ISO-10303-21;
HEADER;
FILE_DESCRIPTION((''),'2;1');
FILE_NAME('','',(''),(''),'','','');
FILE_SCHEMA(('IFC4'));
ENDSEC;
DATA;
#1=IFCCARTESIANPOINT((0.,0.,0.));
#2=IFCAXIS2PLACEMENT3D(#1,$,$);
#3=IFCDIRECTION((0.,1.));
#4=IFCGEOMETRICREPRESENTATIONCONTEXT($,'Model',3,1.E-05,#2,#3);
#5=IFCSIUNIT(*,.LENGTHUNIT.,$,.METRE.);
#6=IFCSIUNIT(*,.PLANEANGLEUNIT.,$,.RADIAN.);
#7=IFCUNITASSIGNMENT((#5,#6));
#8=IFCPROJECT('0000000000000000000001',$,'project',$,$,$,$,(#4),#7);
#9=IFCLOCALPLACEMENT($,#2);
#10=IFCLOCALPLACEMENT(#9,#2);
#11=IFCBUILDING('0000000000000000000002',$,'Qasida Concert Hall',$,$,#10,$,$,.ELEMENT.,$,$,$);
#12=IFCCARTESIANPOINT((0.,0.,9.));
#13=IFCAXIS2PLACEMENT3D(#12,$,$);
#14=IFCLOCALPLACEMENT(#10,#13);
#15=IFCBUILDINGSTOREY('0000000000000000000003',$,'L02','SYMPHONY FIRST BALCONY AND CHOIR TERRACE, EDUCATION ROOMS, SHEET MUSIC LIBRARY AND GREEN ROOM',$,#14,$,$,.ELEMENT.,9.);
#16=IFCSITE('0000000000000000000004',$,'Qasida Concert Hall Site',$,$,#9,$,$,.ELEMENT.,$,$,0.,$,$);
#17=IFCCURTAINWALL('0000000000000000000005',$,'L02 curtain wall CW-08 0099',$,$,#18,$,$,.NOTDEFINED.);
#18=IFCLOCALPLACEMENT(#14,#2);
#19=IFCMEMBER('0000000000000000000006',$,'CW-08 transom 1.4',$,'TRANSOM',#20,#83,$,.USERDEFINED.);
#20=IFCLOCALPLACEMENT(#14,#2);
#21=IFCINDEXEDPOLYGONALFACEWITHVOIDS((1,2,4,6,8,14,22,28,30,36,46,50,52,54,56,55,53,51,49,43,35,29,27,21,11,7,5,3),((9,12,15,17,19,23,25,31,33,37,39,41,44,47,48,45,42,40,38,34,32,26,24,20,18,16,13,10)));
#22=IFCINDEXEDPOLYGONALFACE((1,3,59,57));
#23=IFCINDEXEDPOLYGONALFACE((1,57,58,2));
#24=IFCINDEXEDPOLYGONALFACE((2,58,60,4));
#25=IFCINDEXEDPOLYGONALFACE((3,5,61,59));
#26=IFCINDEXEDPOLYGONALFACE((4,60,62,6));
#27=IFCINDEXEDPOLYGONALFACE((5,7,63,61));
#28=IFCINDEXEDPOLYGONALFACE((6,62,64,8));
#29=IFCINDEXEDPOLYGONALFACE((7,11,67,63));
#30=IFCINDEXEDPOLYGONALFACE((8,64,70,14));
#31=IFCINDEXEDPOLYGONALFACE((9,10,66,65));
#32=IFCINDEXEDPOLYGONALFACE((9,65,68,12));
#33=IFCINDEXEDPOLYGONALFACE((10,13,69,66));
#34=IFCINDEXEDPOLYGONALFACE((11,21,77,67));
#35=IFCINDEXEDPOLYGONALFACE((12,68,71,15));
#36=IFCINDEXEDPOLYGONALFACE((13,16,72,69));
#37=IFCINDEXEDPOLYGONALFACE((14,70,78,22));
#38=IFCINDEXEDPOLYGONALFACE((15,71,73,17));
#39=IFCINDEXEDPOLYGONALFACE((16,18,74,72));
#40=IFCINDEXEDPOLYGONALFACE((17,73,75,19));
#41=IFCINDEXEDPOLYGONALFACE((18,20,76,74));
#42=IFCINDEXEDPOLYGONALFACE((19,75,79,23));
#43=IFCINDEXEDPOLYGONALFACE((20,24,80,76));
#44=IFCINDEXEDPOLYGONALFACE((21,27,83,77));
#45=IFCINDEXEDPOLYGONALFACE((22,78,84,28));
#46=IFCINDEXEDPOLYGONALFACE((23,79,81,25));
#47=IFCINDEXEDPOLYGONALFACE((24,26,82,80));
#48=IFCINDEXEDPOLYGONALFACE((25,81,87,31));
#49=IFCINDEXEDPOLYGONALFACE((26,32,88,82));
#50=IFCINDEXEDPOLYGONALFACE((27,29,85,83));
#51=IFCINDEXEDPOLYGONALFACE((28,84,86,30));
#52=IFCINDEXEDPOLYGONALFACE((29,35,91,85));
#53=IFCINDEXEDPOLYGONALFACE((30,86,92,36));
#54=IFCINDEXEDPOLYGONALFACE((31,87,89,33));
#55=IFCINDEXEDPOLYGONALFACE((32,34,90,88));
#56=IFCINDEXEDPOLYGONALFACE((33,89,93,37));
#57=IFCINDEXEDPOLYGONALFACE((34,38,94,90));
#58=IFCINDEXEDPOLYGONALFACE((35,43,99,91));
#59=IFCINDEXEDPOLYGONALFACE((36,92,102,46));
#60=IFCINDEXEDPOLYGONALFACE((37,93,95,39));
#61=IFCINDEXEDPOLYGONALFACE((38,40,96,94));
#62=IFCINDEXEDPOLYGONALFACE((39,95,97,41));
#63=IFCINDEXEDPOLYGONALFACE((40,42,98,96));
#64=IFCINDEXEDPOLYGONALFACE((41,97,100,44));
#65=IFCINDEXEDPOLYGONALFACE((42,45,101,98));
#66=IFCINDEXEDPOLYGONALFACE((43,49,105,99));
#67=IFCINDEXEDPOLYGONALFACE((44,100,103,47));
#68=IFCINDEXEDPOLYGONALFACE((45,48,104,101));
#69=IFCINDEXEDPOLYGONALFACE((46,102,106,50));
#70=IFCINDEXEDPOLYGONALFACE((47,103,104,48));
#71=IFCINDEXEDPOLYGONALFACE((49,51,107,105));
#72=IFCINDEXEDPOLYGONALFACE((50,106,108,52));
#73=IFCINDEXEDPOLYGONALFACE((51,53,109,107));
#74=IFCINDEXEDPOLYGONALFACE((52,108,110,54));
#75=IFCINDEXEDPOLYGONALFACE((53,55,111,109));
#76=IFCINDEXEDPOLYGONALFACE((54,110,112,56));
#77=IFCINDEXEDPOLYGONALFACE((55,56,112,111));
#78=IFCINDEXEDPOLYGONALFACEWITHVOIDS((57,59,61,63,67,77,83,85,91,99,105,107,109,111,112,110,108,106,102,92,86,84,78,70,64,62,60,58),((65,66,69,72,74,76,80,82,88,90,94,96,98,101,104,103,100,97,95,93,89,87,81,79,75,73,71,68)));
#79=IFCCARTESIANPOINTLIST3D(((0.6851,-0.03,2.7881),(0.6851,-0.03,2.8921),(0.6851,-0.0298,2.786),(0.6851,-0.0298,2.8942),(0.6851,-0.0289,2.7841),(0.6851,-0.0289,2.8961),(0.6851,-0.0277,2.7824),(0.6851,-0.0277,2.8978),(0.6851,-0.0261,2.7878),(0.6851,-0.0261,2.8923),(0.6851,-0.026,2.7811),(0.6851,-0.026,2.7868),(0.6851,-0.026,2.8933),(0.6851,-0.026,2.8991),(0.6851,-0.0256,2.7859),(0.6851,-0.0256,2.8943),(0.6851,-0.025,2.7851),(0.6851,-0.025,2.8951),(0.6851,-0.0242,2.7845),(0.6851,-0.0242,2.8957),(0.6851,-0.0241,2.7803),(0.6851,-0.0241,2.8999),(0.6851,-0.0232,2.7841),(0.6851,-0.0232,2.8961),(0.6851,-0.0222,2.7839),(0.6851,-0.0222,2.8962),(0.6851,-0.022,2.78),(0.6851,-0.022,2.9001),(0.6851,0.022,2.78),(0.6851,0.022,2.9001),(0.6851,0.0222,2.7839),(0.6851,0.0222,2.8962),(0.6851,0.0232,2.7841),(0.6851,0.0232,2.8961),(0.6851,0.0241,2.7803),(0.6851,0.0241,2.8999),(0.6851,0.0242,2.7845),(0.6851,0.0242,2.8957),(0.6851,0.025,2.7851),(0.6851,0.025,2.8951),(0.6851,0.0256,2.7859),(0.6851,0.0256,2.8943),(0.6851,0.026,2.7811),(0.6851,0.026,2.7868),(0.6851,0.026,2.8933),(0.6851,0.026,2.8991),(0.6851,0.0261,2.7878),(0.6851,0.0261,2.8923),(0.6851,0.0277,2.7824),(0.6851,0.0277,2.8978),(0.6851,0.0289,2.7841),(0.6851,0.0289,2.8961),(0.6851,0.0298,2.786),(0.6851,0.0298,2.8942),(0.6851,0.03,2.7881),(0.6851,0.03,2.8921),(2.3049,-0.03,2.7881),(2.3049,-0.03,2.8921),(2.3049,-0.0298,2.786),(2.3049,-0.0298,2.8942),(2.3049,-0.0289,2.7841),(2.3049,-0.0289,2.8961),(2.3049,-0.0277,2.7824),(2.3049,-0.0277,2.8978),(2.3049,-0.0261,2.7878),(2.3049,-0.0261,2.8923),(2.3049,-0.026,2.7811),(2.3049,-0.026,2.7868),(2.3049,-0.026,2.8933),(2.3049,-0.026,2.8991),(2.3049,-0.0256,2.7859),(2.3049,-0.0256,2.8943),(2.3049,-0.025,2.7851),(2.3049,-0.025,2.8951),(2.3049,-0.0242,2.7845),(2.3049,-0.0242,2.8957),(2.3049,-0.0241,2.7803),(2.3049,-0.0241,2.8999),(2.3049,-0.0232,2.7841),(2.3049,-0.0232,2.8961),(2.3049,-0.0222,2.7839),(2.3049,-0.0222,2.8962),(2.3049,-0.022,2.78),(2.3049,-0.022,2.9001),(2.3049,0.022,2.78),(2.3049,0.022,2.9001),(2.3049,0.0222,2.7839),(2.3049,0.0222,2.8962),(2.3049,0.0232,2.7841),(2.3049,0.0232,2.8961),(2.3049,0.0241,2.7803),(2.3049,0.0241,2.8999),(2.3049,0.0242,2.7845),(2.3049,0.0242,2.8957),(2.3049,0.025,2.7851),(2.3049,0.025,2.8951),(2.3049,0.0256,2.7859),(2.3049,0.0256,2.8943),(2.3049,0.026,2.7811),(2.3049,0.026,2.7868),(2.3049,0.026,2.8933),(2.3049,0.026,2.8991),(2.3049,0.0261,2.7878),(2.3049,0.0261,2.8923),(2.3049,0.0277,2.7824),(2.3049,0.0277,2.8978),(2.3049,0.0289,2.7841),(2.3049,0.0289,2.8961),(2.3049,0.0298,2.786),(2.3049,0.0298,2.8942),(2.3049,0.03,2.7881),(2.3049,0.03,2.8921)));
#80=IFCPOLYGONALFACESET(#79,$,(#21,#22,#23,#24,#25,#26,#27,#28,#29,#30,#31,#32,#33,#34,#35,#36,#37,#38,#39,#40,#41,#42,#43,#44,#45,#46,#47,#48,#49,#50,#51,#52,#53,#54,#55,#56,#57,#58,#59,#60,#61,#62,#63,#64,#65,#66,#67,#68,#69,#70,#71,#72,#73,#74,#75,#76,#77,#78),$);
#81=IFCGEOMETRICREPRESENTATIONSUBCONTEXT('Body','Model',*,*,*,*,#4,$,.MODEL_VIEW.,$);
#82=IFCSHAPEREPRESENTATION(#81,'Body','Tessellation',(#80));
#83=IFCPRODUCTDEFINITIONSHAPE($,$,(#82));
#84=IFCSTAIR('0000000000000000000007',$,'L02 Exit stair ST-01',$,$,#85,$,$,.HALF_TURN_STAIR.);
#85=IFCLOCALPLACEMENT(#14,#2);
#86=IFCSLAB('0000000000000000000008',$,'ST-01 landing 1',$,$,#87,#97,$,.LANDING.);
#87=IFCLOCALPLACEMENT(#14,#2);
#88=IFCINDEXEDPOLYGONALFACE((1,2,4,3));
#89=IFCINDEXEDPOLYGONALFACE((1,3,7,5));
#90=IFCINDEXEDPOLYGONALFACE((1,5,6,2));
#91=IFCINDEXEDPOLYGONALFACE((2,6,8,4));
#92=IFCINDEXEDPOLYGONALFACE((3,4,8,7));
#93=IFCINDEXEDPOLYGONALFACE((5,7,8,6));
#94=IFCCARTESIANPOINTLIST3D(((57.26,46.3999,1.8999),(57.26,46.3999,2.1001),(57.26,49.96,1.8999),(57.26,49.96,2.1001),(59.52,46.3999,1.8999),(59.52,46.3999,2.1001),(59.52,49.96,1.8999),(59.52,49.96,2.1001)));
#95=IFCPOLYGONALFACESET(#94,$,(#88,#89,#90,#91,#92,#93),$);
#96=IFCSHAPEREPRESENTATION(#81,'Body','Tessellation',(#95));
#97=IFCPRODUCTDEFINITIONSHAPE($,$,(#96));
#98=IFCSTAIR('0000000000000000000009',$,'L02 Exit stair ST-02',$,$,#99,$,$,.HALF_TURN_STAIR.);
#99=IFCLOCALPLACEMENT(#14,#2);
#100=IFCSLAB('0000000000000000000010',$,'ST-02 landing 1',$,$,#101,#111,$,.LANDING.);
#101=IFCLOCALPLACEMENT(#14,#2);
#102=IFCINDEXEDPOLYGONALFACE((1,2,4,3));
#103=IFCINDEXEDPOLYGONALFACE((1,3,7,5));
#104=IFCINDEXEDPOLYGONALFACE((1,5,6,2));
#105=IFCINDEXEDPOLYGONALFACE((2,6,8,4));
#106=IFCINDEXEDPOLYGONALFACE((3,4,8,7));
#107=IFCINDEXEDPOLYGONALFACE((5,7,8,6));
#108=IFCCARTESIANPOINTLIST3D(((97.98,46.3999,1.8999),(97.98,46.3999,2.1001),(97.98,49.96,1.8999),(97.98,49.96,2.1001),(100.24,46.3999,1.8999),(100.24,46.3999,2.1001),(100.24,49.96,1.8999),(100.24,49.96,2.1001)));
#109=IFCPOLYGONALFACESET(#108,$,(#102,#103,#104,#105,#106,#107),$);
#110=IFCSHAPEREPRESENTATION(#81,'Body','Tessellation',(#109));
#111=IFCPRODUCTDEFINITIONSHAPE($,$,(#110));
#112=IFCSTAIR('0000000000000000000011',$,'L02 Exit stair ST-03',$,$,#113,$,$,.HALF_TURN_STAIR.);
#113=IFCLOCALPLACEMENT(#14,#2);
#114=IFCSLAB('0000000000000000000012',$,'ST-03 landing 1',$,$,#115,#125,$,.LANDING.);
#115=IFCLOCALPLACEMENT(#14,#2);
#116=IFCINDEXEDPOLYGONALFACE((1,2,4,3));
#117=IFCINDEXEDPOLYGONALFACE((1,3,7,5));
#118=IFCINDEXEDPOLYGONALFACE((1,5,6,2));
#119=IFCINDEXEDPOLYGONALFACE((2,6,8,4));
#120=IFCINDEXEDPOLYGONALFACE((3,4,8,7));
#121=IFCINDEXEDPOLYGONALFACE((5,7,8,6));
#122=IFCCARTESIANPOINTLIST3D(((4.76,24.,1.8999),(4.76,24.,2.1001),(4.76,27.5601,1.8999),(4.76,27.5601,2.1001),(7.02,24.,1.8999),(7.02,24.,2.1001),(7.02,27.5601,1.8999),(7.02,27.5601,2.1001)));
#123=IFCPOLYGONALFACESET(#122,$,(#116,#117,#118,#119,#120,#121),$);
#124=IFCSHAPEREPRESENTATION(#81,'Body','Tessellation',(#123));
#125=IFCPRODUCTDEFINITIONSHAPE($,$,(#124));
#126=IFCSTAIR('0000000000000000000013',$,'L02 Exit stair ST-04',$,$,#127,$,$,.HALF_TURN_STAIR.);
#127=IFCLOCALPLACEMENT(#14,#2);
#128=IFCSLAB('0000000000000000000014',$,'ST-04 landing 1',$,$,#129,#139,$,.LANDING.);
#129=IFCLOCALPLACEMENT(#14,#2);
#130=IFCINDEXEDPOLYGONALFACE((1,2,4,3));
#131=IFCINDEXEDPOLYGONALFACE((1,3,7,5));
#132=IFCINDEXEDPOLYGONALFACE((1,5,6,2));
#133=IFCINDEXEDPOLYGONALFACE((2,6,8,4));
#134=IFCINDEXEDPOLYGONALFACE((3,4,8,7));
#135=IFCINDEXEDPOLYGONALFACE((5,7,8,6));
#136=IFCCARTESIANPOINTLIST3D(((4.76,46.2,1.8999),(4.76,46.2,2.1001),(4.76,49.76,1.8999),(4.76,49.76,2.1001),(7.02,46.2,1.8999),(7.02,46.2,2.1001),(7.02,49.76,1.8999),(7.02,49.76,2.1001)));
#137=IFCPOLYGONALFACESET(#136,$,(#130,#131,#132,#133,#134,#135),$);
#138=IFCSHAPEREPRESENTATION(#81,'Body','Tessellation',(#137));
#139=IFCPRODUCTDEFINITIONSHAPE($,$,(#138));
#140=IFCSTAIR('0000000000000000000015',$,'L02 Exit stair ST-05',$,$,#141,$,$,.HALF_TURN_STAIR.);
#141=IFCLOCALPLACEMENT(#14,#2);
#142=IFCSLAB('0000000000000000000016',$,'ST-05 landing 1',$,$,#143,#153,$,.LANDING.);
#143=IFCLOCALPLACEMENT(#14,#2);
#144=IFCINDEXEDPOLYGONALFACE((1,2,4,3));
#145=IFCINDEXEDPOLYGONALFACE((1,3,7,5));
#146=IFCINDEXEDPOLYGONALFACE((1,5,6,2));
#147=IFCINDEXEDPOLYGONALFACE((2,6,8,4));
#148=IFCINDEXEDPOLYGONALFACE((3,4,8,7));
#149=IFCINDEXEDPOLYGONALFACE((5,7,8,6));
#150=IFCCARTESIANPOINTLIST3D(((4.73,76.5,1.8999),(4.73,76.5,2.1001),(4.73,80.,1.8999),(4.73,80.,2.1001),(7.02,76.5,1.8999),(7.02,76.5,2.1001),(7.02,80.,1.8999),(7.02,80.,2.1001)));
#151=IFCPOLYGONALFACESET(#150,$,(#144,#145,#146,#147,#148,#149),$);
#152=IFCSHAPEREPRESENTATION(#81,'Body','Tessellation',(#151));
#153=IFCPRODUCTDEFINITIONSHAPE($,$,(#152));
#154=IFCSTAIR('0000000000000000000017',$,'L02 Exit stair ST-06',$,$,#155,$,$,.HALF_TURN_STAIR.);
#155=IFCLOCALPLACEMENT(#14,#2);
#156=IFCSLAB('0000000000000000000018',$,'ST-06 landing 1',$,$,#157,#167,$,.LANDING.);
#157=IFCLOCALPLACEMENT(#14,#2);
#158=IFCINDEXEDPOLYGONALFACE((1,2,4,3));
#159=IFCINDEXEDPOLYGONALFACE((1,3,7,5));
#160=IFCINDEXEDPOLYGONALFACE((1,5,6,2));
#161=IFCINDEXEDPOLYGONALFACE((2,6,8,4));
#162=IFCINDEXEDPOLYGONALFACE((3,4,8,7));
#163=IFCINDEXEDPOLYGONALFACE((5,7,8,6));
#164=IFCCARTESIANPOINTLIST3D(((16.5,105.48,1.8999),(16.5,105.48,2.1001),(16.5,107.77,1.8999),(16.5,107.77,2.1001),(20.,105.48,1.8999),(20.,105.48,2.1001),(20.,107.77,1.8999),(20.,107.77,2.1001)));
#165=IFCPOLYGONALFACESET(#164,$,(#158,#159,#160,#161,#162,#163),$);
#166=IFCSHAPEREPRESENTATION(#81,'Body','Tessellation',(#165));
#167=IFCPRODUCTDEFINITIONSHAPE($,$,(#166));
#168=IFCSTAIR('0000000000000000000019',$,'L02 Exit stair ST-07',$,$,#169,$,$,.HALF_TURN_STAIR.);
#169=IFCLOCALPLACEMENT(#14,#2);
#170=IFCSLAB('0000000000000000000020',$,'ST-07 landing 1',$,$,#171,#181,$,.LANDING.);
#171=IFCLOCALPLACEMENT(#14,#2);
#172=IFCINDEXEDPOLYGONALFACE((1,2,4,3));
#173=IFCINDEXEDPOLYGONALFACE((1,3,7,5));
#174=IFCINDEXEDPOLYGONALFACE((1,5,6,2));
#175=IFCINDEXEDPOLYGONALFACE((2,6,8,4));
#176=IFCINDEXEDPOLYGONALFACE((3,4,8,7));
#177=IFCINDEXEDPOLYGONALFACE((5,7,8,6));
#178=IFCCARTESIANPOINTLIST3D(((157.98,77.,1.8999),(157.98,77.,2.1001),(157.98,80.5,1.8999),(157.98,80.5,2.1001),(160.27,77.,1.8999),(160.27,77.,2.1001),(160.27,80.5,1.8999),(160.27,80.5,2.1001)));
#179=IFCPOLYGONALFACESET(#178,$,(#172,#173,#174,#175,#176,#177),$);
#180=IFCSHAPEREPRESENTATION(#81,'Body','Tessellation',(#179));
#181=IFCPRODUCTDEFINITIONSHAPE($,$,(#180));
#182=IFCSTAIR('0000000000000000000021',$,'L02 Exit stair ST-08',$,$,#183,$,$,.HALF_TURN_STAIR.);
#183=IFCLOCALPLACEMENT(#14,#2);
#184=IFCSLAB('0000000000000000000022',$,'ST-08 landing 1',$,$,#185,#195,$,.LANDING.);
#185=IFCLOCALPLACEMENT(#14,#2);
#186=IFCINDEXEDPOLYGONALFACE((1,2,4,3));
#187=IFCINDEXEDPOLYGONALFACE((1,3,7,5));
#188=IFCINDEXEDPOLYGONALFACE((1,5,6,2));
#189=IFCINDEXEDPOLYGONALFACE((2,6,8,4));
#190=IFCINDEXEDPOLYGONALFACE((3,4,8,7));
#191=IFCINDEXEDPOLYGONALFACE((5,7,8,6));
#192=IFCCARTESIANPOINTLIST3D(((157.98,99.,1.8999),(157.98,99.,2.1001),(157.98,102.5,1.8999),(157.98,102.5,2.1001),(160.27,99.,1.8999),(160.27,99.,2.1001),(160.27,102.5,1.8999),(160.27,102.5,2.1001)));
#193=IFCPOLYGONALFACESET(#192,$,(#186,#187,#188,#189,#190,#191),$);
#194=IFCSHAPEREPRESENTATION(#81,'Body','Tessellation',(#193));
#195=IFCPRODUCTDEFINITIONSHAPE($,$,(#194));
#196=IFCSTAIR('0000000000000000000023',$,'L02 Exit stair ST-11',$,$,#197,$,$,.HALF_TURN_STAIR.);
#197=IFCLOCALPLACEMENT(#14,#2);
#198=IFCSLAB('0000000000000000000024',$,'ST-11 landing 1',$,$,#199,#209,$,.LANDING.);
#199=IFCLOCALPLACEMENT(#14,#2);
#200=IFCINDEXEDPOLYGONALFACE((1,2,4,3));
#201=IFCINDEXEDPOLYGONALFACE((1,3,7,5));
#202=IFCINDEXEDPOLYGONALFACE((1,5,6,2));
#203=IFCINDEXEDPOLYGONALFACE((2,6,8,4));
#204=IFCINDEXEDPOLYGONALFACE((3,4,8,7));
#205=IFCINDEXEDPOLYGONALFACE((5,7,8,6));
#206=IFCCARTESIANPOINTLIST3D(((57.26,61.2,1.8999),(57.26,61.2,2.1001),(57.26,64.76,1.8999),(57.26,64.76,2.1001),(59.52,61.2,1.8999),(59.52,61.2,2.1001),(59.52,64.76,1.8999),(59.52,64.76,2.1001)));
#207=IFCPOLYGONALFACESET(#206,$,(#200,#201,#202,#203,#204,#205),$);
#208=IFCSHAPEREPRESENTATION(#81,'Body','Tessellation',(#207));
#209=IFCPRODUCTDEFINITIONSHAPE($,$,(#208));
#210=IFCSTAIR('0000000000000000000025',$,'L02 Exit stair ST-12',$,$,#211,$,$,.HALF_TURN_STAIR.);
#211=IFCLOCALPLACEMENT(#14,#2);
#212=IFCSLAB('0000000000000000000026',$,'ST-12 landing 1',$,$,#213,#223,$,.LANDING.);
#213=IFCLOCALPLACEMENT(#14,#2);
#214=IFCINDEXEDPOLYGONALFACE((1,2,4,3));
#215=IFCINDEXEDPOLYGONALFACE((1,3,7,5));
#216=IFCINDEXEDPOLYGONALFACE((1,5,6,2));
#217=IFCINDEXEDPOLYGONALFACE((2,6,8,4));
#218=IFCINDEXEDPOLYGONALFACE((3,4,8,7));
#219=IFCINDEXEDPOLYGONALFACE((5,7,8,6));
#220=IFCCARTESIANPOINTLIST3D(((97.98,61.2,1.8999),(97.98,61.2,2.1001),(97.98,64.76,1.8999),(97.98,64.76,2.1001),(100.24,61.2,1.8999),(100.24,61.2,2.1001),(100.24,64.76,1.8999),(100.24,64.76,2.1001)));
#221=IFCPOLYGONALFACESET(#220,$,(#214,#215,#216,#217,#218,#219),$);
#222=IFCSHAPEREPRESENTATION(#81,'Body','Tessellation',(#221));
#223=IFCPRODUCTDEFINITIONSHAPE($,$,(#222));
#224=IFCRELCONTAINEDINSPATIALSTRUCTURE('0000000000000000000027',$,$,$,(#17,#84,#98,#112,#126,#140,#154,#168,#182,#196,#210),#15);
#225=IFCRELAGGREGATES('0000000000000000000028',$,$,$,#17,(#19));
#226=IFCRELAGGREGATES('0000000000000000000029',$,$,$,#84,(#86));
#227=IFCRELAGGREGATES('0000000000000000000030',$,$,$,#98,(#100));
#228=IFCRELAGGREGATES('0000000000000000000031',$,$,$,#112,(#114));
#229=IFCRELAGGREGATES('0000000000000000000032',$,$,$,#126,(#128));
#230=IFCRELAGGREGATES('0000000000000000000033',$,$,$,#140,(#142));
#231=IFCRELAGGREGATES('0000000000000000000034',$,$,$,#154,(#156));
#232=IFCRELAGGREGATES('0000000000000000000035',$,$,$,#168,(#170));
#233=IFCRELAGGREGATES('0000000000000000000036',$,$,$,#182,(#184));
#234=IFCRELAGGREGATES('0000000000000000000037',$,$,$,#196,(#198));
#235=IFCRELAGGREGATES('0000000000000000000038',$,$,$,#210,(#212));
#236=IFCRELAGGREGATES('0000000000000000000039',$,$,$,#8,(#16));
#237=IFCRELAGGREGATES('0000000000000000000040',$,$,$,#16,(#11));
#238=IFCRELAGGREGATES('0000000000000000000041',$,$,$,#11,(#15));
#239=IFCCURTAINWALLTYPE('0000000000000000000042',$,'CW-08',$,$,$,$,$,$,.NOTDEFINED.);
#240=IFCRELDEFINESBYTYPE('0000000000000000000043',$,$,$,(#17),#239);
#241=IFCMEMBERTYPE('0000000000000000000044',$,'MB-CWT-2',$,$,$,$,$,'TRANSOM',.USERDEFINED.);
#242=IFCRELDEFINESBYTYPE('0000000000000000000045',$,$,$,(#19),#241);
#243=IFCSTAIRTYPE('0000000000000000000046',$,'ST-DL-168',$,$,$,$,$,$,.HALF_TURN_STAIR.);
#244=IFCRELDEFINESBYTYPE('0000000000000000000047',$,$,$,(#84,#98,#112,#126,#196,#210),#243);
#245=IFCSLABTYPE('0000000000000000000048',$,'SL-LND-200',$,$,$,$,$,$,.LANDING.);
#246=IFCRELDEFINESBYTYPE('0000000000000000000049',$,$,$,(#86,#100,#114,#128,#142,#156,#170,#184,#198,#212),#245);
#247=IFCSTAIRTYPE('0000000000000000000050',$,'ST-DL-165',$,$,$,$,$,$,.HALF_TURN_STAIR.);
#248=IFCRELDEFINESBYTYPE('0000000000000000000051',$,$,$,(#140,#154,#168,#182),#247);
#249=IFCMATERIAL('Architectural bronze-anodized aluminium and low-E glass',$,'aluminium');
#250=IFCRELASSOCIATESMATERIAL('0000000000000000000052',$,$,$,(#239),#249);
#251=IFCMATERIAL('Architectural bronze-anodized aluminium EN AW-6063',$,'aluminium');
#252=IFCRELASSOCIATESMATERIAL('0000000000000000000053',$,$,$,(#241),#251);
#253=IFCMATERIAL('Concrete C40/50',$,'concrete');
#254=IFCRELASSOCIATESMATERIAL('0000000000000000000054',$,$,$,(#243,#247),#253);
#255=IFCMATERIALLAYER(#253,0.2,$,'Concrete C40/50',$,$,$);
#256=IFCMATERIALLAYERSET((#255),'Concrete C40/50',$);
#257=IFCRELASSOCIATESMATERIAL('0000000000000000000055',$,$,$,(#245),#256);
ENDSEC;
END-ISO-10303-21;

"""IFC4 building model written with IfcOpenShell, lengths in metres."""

from ifc_helpers import new_model, si_unit, direction, frame, origin, origin_2d, place, context, subcontext, project, spatial, polyline, hollow_rectangle, outline, extrude, material, layer, layer_set, material_profile, profile_set, type_object, element, aggregate, save


model = new_model("IFC4")

# Units and contexts
model_context = context("Model", 3, precision=1e-05, world=origin(), true_north=direction((0.0, 1.0)))
body_context = subcontext(model_context, "Body", "Model", "MODEL_VIEW")
ifc_project = project(units=[si_unit("LENGTHUNIT", "METRE"), si_unit("PLANEANGLEUNIT", "RADIAN")], contexts=[model_context])

# Site, building, storey
site_placement = place(None, origin())
site = spatial("IfcSite", under=ifc_project, at=site_placement, Name="Qasida Concert Hall Site", CompositionType="ELEMENT", RefElevation=0.0)
building_placement = place(site_placement, origin())
building = spatial("IfcBuilding", under=site, at=building_placement, Name="Qasida Concert Hall", CompositionType="ELEMENT")
storey_placement = place(building_placement, frame((0.0, 0.0, 9.0)))
storey = spatial("IfcBuildingStorey", under=building, at=storey_placement, Name="L02", Description="SYMPHONY FIRST BALCONY AND CHOIR TERRACE, EDUCATION ROOMS, SHEET MUSIC LIBRARY AND GREEN ROOM", CompositionType="ELEMENT", Elevation=9.0)

# Shared definitions
ifc_material_1 = material(Name="Concrete C40/50", Category="concrete")

# Curtain wall, member
ifc_material_2 = material(Name="Architectural bronze-anodized aluminium and low-E glass", Category="aluminium")
curtain_wall_type = type_object("IfcCurtainWallType", Name="CW-08", PredefinedType="NOTDEFINED", material=ifc_material_2)
curtain_wall_placement = place(storey_placement, origin())
curtain_wall = element("IfcCurtainWall", 1, at=curtain_wall_placement, inside=storey, type_object=curtain_wall_type, Name="L02 curtain wall CW-08 0099", PredefinedType="NOTDEFINED")
ifc_material_3 = material(Name="Architectural bronze-anodized aluminium EN AW-6063", Category="aluminium")
ifc_material_profile_1 = material_profile(ifc_material_3, hollow_rectangle(XDim=0.0601, YDim=0.1201, WallThickness=0.0039, InnerFilletRadius=0.0039, OuterFilletRadius=0.0081, at=origin_2d()), Name="CWT 120x60x4")
ifc_profile_set_1 = profile_set([ifc_material_profile_1], Name="Architectural bronze-anodized aluminium EN AW-6063")
member_type = type_object("IfcMemberType", Name="MB-CWT-2", ElementType="TRANSOM", PredefinedType="USERDEFINED", material=ifc_profile_set_1)
member_1_placement = place(storey_placement, frame((0.6851, 0.0, 2.8401), z_axis=(1.0, 0.0, 0.0), x_axis=(0.0, 1.0, 0.0)))
member_1 = element("IfcMember", 2, at=member_1_placement, type_object=member_type, Name="CW-08 transom 1.4", ObjectType="TRANSOM", PredefinedType="USERDEFINED", context=body_context, shape_type="SweptSolid", body=[
    extrude(hollow_rectangle(XDim=0.0601, YDim=0.1201, WallThickness=0.0039, InnerFilletRadius=0.0039, OuterFilletRadius=0.0081, at=origin_2d()), origin(), (0.0, 0.0, 1.0), 1.6199),
])
aggregate(curtain_wall, [member_1])

# Stairs, slabs
stair_type_1 = type_object("IfcStairType", Name="ST-DL-168", PredefinedType="HALF_TURN_STAIR", material=ifc_material_1)
stair_1_placement = place(storey_placement, origin())
stair_1 = element("IfcStair", 3, at=stair_1_placement, inside=storey, type_object=stair_type_1, Name="L02 Exit stair ST-01", PredefinedType="HALF_TURN_STAIR")
ifc_layer_1 = layer(ifc_material_1, 0.2, Name="Concrete C40/50")
ifc_layer_set_1 = layer_set([ifc_layer_1], Name="Concrete C40/50")
slab_type_1 = type_object("IfcSlabType", Name="SL-LND-200", PredefinedType="LANDING", material=ifc_layer_set_1)
slab_1_placement = place(storey_placement, frame((0.0, 0.0, 1.8999)))
slab_1 = element("IfcSlab", 4, at=slab_1_placement, type_object=slab_type_1, Name="ST-01 landing 1", PredefinedType="LANDING", context=body_context, shape_type="SweptSolid", body=[
    extrude(outline(polyline([(57.26, 46.3999), (59.52, 46.3999), (59.52, 49.96), (57.26, 49.96), (57.26, 46.3999)])), origin(), (0.0, 0.0, 1.0), 0.2002),
])
aggregate(stair_1, [slab_1])
stair_2_placement = place(storey_placement, origin())
stair_2 = element("IfcStair", 5, at=stair_2_placement, inside=storey, type_object=stair_type_1, Name="L02 Exit stair ST-02", PredefinedType="HALF_TURN_STAIR")
slab_2_placement = place(storey_placement, frame((0.0, 0.0, 1.8999)))
slab_2 = element("IfcSlab", 6, at=slab_2_placement, type_object=slab_type_1, Name="ST-02 landing 1", PredefinedType="LANDING", context=body_context, shape_type="SweptSolid", body=[
    extrude(outline(polyline([(100.24, 49.96), (97.98, 49.96), (97.98, 46.3999), (100.24, 46.3999), (100.24, 49.96)])), origin(), (0.0, 0.0, 1.0), 0.2002),
])
aggregate(stair_2, [slab_2])
stair_3_placement = place(storey_placement, origin())
stair_3 = element("IfcStair", 7, at=stair_3_placement, inside=storey, type_object=stair_type_1, Name="L02 Exit stair ST-03", PredefinedType="HALF_TURN_STAIR")
slab_3_placement = place(storey_placement, frame((0.0, 0.0, 1.8999)))
slab_3 = element("IfcSlab", 8, at=slab_3_placement, type_object=slab_type_1, Name="ST-03 landing 1", PredefinedType="LANDING", context=body_context, shape_type="SweptSolid", body=[
    extrude(outline(polyline([(4.76, 24.0), (7.02, 24.0), (7.02, 27.5601), (4.76, 27.5601), (4.76, 24.0)])), origin(), (0.0, 0.0, 1.0), 0.2002),
])
aggregate(stair_3, [slab_3])
stair_4_placement = place(storey_placement, origin())
stair_4 = element("IfcStair", 9, at=stair_4_placement, inside=storey, type_object=stair_type_1, Name="L02 Exit stair ST-04", PredefinedType="HALF_TURN_STAIR")
slab_4_placement = place(storey_placement, frame((0.0, 0.0, 1.8999)))
slab_4 = element("IfcSlab", 10, at=slab_4_placement, type_object=slab_type_1, Name="ST-04 landing 1", PredefinedType="LANDING", context=body_context, shape_type="SweptSolid", body=[
    extrude(outline(polyline([(4.76, 46.2), (7.02, 46.2), (7.02, 49.76), (4.76, 49.76), (4.76, 46.2)])), origin(), (0.0, 0.0, 1.0), 0.2002),
])
aggregate(stair_4, [slab_4])
stair_type_2 = type_object("IfcStairType", Name="ST-DL-165", PredefinedType="HALF_TURN_STAIR", material=ifc_material_1)
stair_5_placement = place(storey_placement, origin())
stair_5 = element("IfcStair", 11, at=stair_5_placement, inside=storey, type_object=stair_type_2, Name="L02 Exit stair ST-05", PredefinedType="HALF_TURN_STAIR")
slab_5_placement = place(storey_placement, frame((0.0, 0.0, 1.8999)))
slab_5 = element("IfcSlab", 12, at=slab_5_placement, type_object=slab_type_1, Name="ST-05 landing 1", PredefinedType="LANDING", context=body_context, shape_type="SweptSolid", body=[
    extrude(outline(polyline([(4.73, 76.5), (7.02, 76.5), (7.02, 80.0), (4.73, 80.0), (4.73, 76.5)])), origin(), (0.0, 0.0, 1.0), 0.2002),
])
aggregate(stair_5, [slab_5])
stair_6_placement = place(storey_placement, origin())
stair_6 = element("IfcStair", 13, at=stair_6_placement, inside=storey, type_object=stair_type_2, Name="L02 Exit stair ST-06", PredefinedType="HALF_TURN_STAIR")
slab_6_placement = place(storey_placement, frame((0.0, 0.0, 1.8999)))
slab_6 = element("IfcSlab", 14, at=slab_6_placement, type_object=slab_type_1, Name="ST-06 landing 1", PredefinedType="LANDING", context=body_context, shape_type="SweptSolid", body=[
    extrude(outline(polyline([(16.5, 107.77), (16.5, 105.48), (20.0, 105.48), (20.0, 107.77), (16.5, 107.77)])), origin(), (0.0, 0.0, 1.0), 0.2002),
])
aggregate(stair_6, [slab_6])
stair_7_placement = place(storey_placement, origin())
stair_7 = element("IfcStair", 15, at=stair_7_placement, inside=storey, type_object=stair_type_2, Name="L02 Exit stair ST-07", PredefinedType="HALF_TURN_STAIR")
slab_7_placement = place(storey_placement, frame((0.0, 0.0, 1.8999)))
slab_7 = element("IfcSlab", 16, at=slab_7_placement, type_object=slab_type_1, Name="ST-07 landing 1", PredefinedType="LANDING", context=body_context, shape_type="SweptSolid", body=[
    extrude(outline(polyline([(160.27, 80.5), (157.98, 80.5), (157.98, 77.0), (160.27, 77.0), (160.27, 80.5)])), origin(), (0.0, 0.0, 1.0), 0.2002),
])
aggregate(stair_7, [slab_7])
stair_8_placement = place(storey_placement, origin())
stair_8 = element("IfcStair", 17, at=stair_8_placement, inside=storey, type_object=stair_type_2, Name="L02 Exit stair ST-08", PredefinedType="HALF_TURN_STAIR")
slab_8_placement = place(storey_placement, frame((0.0, 0.0, 1.8999)))
slab_8 = element("IfcSlab", 18, at=slab_8_placement, type_object=slab_type_1, Name="ST-08 landing 1", PredefinedType="LANDING", context=body_context, shape_type="SweptSolid", body=[
    extrude(outline(polyline([(160.27, 102.5), (157.98, 102.5), (157.98, 99.0), (160.27, 99.0), (160.27, 102.5)])), origin(), (0.0, 0.0, 1.0), 0.2002),
])
aggregate(stair_8, [slab_8])
stair_9_placement = place(storey_placement, origin())
stair_9 = element("IfcStair", 19, at=stair_9_placement, inside=storey, type_object=stair_type_1, Name="L02 Exit stair ST-11", PredefinedType="HALF_TURN_STAIR")
slab_9_placement = place(storey_placement, frame((0.0, 0.0, 1.8999)))
slab_9 = element("IfcSlab", 20, at=slab_9_placement, type_object=slab_type_1, Name="ST-11 landing 1", PredefinedType="LANDING", context=body_context, shape_type="SweptSolid", body=[
    extrude(outline(polyline([(57.26, 61.2), (59.52, 61.2), (59.52, 64.76), (57.26, 64.76), (57.26, 61.2)])), origin(), (0.0, 0.0, 1.0), 0.2002),
])
aggregate(stair_9, [slab_9])
stair_10_placement = place(storey_placement, origin())
stair_10 = element("IfcStair", 21, at=stair_10_placement, inside=storey, type_object=stair_type_1, Name="L02 Exit stair ST-12", PredefinedType="HALF_TURN_STAIR")
slab_10_placement = place(storey_placement, frame((0.0, 0.0, 1.8999)))
slab_10 = element("IfcSlab", 22, at=slab_10_placement, type_object=slab_type_1, Name="ST-12 landing 1", PredefinedType="LANDING", context=body_context, shape_type="SweptSolid", body=[
    extrude(outline(polyline([(100.24, 64.76), (97.98, 64.76), (97.98, 61.2), (100.24, 61.2), (100.24, 64.76)])), origin(), (0.0, 0.0, 1.0), 0.2002),
])
aggregate(stair_10, [slab_10])

save(model, "model.ifc")
